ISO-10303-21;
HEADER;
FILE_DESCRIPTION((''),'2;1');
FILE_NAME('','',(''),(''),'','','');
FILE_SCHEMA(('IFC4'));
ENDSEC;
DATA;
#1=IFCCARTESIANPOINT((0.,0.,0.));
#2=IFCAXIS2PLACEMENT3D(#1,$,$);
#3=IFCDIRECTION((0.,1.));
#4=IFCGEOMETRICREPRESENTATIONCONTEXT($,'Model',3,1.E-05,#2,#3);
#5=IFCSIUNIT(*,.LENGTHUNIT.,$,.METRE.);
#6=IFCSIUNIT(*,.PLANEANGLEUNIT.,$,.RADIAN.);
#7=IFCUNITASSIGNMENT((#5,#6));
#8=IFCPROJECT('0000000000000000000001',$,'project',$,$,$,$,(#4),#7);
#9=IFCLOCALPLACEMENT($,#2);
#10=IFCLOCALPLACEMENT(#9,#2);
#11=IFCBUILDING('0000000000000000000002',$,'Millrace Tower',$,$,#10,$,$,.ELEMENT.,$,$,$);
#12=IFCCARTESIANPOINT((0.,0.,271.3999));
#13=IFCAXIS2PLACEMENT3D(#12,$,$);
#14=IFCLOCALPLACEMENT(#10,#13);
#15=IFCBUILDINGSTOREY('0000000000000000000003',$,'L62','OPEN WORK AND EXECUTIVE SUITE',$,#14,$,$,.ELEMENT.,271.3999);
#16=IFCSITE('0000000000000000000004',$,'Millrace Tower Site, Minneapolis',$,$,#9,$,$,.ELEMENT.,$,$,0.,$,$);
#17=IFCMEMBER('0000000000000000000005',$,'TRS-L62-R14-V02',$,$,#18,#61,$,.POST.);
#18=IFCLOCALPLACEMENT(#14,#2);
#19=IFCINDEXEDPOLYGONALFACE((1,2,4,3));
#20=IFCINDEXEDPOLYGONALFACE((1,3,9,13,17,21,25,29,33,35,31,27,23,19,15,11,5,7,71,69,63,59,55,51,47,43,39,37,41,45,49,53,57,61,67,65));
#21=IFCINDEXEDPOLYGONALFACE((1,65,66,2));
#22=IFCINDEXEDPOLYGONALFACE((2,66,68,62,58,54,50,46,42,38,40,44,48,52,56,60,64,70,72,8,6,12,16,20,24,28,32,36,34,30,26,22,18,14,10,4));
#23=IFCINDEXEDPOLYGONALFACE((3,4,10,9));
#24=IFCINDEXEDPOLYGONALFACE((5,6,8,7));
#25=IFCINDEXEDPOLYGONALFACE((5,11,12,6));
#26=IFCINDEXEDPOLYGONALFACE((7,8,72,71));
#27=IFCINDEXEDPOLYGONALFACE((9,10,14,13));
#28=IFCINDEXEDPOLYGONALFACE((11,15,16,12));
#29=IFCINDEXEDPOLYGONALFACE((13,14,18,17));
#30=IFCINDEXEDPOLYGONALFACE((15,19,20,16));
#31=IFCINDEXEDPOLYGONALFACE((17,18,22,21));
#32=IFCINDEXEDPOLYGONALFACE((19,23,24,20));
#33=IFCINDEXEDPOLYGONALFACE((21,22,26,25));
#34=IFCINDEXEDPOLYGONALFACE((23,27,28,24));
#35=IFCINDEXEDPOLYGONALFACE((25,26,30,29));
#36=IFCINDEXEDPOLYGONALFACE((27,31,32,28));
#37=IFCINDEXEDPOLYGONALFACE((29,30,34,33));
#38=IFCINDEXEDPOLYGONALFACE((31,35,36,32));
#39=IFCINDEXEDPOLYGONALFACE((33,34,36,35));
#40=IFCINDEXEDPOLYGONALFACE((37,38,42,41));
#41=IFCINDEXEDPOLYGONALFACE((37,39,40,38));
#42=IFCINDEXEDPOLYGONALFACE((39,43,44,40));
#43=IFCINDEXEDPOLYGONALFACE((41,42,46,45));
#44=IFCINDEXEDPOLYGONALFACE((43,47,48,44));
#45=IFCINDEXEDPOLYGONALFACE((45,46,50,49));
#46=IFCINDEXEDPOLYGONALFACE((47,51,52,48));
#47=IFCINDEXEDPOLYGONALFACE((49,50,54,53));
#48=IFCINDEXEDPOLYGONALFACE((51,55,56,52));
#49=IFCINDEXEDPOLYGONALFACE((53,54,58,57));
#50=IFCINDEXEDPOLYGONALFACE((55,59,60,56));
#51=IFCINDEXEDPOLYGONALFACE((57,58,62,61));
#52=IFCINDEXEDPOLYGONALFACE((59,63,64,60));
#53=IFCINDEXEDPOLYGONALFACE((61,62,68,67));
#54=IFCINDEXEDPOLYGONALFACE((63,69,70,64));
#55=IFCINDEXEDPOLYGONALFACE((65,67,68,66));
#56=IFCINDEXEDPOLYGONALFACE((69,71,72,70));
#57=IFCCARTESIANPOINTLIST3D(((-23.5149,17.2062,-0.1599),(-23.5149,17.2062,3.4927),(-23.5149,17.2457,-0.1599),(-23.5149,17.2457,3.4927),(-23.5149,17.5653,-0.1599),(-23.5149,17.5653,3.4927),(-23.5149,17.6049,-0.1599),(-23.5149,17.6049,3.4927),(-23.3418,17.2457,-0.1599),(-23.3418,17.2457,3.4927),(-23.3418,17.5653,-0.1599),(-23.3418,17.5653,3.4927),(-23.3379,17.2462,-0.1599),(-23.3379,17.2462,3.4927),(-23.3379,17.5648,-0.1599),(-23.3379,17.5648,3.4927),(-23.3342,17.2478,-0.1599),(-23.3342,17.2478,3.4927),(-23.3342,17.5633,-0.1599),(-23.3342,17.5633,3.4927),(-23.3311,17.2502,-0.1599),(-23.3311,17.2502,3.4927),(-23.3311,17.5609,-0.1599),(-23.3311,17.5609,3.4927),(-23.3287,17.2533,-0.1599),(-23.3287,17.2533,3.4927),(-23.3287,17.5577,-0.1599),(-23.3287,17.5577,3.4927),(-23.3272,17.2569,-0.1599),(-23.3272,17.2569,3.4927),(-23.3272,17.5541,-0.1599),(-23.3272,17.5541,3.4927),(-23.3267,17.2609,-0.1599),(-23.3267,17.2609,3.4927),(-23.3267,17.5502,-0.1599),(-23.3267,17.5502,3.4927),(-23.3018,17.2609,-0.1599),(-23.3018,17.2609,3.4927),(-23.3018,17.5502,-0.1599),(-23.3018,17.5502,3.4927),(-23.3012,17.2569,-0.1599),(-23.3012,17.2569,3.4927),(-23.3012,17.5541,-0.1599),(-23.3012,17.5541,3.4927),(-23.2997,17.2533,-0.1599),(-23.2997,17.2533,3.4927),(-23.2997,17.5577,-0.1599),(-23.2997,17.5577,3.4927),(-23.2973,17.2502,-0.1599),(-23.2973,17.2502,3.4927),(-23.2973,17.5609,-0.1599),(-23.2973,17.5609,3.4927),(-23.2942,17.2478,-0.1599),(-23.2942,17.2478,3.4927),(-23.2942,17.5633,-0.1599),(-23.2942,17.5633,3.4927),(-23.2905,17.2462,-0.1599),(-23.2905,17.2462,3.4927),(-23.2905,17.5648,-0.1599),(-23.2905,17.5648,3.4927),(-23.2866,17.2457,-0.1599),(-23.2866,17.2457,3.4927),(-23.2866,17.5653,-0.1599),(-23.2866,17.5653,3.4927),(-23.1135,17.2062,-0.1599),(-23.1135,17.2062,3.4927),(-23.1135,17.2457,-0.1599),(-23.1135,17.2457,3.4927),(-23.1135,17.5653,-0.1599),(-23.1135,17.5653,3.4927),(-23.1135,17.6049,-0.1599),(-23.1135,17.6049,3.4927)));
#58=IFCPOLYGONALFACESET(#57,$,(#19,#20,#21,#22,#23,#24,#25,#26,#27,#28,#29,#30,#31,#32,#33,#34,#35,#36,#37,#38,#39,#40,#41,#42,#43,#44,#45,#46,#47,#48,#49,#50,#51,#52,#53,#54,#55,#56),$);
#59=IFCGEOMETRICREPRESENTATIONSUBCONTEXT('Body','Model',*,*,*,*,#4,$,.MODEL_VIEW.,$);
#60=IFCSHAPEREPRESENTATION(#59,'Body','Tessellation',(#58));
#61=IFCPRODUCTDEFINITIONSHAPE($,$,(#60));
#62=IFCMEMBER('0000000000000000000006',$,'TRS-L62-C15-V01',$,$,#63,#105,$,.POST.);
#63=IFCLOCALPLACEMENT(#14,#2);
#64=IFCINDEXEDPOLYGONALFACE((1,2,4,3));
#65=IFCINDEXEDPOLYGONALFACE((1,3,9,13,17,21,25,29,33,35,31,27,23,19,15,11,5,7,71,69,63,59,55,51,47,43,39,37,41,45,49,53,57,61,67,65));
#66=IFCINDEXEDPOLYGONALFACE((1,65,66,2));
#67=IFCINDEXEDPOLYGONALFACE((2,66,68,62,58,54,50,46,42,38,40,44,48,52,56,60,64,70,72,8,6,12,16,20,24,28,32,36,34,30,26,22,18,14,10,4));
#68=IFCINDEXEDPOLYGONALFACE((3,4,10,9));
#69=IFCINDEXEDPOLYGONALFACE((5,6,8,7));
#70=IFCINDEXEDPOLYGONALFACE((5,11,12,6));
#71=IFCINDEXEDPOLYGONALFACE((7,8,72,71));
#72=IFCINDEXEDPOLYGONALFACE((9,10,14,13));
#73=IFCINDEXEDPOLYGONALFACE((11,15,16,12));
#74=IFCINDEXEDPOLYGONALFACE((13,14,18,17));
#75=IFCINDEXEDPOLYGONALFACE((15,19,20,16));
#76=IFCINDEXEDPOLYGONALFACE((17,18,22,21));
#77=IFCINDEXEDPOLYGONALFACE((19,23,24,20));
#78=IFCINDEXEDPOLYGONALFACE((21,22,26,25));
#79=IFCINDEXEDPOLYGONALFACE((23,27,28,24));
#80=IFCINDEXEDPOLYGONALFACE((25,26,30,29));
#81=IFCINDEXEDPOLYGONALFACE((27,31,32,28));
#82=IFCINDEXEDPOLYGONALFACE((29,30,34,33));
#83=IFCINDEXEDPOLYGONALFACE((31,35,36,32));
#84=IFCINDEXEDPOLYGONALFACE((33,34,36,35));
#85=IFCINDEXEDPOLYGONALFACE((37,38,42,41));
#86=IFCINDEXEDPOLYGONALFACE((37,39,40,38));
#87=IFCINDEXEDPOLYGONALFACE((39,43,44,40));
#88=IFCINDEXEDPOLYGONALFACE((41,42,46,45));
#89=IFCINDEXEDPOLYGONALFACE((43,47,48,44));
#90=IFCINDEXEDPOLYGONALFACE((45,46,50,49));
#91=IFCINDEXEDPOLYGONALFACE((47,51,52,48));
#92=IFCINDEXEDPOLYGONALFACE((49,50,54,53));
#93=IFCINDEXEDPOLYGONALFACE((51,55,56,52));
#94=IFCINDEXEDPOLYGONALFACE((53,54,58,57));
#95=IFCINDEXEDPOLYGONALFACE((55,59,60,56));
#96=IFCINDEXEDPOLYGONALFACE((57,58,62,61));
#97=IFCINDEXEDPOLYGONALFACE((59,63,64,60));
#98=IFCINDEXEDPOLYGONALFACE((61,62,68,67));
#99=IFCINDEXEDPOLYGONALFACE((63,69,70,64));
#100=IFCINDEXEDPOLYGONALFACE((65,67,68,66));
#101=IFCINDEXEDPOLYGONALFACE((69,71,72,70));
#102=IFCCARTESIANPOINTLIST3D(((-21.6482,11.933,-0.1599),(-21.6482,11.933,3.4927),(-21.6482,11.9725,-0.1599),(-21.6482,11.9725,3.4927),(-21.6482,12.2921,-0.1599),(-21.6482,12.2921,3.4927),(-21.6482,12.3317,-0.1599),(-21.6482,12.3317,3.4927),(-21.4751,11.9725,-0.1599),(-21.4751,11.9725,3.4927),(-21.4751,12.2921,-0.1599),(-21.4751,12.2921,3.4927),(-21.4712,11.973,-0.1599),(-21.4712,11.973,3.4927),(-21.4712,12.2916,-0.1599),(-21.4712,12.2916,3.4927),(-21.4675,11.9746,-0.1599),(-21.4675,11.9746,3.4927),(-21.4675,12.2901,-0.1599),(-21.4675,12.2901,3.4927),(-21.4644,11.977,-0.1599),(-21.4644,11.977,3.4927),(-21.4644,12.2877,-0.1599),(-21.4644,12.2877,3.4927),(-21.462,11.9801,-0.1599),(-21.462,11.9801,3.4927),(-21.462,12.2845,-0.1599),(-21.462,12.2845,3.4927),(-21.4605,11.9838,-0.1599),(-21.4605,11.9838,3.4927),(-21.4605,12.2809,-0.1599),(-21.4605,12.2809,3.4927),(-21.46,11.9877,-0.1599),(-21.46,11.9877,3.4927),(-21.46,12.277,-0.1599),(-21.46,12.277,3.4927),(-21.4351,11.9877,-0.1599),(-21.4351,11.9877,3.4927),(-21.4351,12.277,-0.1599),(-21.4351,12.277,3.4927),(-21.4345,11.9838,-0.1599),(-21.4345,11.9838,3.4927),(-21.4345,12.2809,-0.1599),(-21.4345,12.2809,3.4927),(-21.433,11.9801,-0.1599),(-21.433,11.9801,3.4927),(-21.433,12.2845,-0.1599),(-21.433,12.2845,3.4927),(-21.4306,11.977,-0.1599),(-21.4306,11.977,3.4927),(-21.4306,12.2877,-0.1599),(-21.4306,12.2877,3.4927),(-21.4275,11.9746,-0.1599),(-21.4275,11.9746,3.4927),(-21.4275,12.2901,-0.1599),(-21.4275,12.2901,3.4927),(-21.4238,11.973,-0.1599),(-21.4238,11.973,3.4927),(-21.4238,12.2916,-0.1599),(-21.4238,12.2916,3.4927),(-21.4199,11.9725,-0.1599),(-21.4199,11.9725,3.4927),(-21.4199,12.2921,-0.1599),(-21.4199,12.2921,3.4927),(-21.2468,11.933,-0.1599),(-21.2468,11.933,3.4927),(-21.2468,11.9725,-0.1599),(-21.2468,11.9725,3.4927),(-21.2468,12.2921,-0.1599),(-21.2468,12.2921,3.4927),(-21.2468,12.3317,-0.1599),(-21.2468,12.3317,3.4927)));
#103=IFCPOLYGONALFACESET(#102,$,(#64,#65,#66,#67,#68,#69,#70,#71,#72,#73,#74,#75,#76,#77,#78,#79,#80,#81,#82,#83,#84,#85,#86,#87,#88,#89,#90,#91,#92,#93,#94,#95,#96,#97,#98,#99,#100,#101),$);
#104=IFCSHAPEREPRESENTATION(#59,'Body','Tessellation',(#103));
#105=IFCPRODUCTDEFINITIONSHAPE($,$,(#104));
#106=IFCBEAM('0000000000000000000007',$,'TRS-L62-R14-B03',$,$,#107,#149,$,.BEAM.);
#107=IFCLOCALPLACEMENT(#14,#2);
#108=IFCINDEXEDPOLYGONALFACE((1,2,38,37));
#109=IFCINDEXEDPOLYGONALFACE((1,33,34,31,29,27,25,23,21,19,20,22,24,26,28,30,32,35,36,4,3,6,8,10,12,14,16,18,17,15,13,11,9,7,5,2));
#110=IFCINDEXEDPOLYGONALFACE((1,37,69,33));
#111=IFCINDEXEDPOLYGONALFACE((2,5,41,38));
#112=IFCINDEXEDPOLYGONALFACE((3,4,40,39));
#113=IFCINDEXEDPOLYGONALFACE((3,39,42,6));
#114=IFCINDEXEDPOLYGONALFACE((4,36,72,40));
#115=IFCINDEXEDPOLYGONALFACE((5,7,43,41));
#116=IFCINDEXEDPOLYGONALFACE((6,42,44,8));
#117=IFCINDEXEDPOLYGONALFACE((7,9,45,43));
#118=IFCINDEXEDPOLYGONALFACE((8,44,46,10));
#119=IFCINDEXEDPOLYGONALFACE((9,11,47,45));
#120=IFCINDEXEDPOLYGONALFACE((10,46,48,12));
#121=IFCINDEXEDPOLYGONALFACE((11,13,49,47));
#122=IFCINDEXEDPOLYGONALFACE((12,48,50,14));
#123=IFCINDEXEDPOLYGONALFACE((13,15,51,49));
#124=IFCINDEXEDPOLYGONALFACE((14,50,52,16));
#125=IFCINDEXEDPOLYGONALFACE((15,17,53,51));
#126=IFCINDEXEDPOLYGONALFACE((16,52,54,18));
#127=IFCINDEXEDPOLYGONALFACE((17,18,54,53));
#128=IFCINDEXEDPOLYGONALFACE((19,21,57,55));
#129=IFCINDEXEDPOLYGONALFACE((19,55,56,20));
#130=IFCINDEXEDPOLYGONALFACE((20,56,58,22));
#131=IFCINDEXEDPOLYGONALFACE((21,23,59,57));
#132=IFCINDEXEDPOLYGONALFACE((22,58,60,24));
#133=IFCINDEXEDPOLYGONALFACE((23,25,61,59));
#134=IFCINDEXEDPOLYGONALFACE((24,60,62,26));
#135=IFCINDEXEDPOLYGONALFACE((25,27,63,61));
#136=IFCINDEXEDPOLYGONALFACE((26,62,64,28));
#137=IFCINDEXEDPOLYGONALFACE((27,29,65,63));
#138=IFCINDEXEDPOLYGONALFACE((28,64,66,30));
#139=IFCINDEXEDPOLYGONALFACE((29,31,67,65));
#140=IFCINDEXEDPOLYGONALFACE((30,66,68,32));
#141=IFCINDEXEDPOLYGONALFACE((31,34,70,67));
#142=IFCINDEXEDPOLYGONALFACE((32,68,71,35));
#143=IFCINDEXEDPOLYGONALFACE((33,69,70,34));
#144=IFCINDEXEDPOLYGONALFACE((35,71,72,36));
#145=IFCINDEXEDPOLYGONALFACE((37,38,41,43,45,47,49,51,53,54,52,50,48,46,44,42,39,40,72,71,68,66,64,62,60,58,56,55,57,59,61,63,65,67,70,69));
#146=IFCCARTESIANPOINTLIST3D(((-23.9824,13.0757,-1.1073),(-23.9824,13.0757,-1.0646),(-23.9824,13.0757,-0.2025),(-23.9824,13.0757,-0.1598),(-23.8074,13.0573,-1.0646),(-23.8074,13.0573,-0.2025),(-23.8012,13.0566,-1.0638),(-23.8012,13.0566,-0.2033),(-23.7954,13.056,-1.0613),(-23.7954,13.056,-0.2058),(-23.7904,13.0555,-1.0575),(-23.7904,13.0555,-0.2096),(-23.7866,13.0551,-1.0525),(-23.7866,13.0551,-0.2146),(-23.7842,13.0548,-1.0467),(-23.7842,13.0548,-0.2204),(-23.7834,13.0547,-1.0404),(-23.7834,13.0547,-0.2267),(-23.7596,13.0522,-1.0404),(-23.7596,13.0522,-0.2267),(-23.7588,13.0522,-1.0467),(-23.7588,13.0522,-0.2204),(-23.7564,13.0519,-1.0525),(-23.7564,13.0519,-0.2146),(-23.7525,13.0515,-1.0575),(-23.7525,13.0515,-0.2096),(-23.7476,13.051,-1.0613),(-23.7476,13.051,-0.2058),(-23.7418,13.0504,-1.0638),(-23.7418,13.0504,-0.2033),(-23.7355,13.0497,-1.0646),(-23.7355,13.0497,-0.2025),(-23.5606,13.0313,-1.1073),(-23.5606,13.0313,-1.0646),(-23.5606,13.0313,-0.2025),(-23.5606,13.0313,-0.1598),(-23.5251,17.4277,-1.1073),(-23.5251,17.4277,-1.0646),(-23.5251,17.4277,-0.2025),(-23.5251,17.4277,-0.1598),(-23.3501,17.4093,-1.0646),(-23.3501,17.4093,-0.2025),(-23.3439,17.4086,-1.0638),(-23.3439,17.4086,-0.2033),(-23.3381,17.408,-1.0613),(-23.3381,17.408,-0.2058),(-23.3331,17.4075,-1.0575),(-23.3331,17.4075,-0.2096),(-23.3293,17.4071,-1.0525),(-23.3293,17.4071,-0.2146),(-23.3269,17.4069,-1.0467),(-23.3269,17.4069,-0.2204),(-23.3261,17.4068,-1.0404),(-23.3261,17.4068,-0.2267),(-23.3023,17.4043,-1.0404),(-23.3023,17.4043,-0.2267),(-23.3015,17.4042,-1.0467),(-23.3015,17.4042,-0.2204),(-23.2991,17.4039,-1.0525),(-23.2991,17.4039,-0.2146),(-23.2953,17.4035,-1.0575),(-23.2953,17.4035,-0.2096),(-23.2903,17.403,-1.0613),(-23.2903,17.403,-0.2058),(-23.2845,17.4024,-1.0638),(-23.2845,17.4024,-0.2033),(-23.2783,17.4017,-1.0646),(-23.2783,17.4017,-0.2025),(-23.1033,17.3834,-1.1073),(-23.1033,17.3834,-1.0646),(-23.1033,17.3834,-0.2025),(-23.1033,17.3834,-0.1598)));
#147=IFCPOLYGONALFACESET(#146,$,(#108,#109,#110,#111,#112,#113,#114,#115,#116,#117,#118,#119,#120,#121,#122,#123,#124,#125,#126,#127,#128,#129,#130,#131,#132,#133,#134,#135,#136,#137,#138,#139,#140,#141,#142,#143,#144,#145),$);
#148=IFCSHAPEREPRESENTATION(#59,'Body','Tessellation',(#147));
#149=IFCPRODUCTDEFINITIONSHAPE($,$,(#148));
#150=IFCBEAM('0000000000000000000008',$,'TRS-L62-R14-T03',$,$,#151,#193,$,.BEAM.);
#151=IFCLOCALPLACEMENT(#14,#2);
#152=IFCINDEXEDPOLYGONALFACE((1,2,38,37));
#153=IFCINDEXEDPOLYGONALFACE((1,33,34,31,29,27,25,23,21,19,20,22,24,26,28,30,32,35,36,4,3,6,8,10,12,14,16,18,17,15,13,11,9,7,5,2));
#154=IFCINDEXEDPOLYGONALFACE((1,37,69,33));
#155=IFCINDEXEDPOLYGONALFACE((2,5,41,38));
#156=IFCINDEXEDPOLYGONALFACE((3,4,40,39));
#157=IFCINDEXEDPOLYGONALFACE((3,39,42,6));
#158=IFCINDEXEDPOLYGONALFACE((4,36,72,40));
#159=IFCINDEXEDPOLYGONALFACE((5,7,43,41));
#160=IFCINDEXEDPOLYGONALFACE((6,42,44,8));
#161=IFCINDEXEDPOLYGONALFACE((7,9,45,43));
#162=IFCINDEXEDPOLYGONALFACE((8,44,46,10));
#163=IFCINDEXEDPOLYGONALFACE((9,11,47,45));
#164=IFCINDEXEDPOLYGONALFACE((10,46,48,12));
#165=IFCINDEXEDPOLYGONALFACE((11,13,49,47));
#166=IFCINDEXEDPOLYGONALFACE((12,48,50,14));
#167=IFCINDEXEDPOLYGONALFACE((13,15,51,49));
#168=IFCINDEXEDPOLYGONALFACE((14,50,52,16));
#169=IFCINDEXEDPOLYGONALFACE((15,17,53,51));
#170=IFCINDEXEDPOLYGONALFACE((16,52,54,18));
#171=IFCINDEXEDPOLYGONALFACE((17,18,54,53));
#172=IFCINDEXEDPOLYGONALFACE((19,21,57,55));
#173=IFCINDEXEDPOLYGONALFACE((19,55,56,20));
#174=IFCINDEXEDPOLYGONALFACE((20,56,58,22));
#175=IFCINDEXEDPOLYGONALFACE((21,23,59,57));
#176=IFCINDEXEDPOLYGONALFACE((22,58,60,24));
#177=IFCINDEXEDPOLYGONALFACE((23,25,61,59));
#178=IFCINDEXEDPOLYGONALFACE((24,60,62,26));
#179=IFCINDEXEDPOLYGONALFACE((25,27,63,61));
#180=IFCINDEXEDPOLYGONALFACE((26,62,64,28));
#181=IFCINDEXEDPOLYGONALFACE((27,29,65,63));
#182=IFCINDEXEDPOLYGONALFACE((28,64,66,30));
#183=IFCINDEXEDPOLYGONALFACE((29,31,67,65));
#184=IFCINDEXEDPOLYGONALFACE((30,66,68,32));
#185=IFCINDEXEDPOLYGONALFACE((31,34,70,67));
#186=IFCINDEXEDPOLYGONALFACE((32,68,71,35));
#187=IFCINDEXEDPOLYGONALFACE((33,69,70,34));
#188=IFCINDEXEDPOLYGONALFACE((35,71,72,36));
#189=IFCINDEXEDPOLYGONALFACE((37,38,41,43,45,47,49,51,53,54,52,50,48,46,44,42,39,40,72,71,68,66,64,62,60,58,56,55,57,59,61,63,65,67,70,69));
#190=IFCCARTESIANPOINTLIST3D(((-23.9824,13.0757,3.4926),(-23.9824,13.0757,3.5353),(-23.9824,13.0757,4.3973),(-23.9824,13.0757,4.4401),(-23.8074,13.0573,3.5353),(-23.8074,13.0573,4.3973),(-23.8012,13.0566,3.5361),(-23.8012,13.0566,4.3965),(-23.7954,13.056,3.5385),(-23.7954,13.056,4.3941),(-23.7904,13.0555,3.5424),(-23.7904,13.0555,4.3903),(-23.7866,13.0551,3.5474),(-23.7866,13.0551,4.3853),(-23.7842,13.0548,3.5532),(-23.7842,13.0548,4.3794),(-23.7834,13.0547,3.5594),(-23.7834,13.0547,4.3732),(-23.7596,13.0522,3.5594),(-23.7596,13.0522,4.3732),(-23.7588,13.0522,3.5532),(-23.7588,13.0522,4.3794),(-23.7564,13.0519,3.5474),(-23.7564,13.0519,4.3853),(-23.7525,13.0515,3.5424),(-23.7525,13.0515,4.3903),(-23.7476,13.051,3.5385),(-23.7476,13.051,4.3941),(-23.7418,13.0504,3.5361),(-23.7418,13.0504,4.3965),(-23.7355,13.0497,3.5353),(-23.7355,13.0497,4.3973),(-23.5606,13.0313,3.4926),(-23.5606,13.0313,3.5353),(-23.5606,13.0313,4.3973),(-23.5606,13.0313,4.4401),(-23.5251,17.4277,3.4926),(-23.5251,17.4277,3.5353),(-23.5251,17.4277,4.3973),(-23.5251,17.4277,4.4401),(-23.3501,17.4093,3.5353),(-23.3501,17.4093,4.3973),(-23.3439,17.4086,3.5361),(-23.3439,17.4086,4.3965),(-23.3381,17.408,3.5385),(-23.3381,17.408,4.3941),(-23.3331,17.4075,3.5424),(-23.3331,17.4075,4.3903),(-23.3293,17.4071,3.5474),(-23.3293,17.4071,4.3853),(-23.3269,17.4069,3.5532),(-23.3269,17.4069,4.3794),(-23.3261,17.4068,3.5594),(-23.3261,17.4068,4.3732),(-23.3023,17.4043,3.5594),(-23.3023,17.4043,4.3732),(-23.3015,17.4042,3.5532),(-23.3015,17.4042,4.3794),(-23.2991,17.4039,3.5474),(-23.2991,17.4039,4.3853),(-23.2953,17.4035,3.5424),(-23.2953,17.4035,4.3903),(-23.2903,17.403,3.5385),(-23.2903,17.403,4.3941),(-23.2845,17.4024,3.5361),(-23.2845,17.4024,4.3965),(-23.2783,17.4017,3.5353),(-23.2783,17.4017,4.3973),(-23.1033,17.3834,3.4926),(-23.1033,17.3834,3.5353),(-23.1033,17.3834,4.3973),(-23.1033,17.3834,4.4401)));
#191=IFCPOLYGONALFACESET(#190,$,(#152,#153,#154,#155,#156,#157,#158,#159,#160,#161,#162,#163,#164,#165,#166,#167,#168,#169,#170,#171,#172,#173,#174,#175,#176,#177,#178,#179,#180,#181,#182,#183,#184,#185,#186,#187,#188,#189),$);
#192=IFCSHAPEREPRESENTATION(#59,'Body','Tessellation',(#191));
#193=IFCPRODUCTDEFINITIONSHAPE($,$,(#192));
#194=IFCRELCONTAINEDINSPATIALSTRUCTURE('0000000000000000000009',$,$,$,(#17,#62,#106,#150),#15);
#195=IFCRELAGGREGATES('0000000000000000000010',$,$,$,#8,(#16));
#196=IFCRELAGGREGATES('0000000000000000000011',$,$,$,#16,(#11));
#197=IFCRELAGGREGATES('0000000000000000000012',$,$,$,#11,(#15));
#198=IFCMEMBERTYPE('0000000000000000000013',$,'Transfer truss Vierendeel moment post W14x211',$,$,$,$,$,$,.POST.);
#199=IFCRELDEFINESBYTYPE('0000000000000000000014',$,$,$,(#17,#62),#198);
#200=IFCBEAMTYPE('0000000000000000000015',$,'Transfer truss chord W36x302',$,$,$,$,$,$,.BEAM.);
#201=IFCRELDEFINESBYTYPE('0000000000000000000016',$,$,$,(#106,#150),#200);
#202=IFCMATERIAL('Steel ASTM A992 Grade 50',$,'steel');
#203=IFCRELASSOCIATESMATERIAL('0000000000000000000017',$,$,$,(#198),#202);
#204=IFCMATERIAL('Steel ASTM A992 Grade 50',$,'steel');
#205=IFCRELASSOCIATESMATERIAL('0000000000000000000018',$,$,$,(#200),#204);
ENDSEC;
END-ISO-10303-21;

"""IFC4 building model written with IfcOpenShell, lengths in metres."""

from ifc_helpers import new_model, si_unit, direction, frame, origin, origin_2d, place, context, subcontext, project, spatial, i_section, extrude, material, material_profile, profile_set, type_object, element, save


model = new_model("IFC4")

# Units and contexts
model_context = context("Model", 3, precision=1e-05, world=origin(), true_north=direction((0.0, 1.0)))
body_context = subcontext(model_context, "Body", "Model", "MODEL_VIEW")
ifc_project = project(units=[si_unit("LENGTHUNIT", "METRE"), si_unit("PLANEANGLEUNIT", "RADIAN")], contexts=[model_context])

# Site, building, storey
site_placement = place(None, origin())
site = spatial("IfcSite", under=ifc_project, at=site_placement, Name="Millrace Tower Site, Minneapolis", CompositionType="ELEMENT", RefElevation=0.0)
building_placement = place(site_placement, origin())
building = spatial("IfcBuilding", under=site, at=building_placement, Name="Millrace Tower", CompositionType="ELEMENT")
storey_placement = place(building_placement, frame((0.0, 0.0, 271.3999)))
storey = spatial("IfcBuildingStorey", under=building, at=storey_placement, Name="L62", Description="OPEN WORK AND EXECUTIVE SUITE", CompositionType="ELEMENT", Elevation=271.3999)

# Members
ifc_material_1 = material(Name="Steel ASTM A992 Grade 50", Category="steel")
ifc_material_profile_1 = material_profile(ifc_material_1, i_section(OverallWidth=0.4014, OverallDepth=0.3987, WebThickness=0.0249, FlangeThickness=0.0396, FilletRadius=0.0151, at=origin_2d()))
ifc_profile_set_1 = profile_set([ifc_material_profile_1], Name="Steel ASTM A992 Grade 50")
member_type_1 = type_object("IfcMemberType", Name="Transfer truss Vierendeel moment post W14x211", PredefinedType="POST", material=ifc_profile_set_1)
for number, where, z_axis, x_axis, name in (
    (1, (-23.3142, 17.4055, -0.1599), (0.0, 0.0, 1.0), (1.0, 0.0, 0.0), "TRS-L62-R14-V02"),
    (2, (-21.4475, 12.1323, -0.1599), (0.0, 0.0, 1.0), (1.0, 0.0, 0.0), "TRS-L62-C15-V01"),
):
    element("IfcMember", number, at=place(storey_placement, frame(where, z_axis=z_axis, x_axis=x_axis)), inside=storey, type_object=member_type_1, Name=name, PredefinedType="POST", context=body_context, shape_type="SweptSolid", body=[
        extrude(i_section(OverallWidth=0.4014, OverallDepth=0.3987, WebThickness=0.0249, FlangeThickness=0.0396, FilletRadius=0.0151, at=origin_2d()), origin(), (0.0, 0.0, 1.0), 3.6526),
    ])

# Beams
ifc_material_2 = material(Name="Steel ASTM A992 Grade 50", Category="steel")
ifc_material_profile_2 = material_profile(ifc_material_2, i_section(OverallWidth=0.4241, OverallDepth=0.9475, WebThickness=0.0239, FlangeThickness=0.0427, FilletRadius=0.0242, at=origin_2d()))
ifc_profile_set_2 = profile_set([ifc_material_profile_2], Name="Steel ASTM A992 Grade 50")
beam_type_1 = type_object("IfcBeamType", Name="Transfer truss chord W36x302", PredefinedType="BEAM", material=ifc_profile_set_2)
for number, where, z_axis, x_axis, name in (
    (3, (-23.3142, 17.4055, -0.6335), (-0.104496, -0.994525, 0.0), (0.994525, -0.104496, 0.0), "TRS-L62-R14-B03"),
    (4, (-23.3142, 17.4055, 3.9663), (-0.104496, -0.994525, 0.0), (0.994525, -0.104496, 0.0), "TRS-L62-R14-T03"),
):
    element("IfcBeam", number, at=place(storey_placement, frame(where, z_axis=z_axis, x_axis=x_axis)), inside=storey, type_object=beam_type_1, Name=name, PredefinedType="BEAM", context=body_context, shape_type="SweptSolid", body=[
        extrude(i_section(OverallWidth=0.4241, OverallDepth=0.9475, WebThickness=0.0239, FlangeThickness=0.0427, FilletRadius=0.0242, at=origin_2d()), origin(), (0.0, 0.0, 1.0), 4.376),
    ])

save(model, "model.ifc")
